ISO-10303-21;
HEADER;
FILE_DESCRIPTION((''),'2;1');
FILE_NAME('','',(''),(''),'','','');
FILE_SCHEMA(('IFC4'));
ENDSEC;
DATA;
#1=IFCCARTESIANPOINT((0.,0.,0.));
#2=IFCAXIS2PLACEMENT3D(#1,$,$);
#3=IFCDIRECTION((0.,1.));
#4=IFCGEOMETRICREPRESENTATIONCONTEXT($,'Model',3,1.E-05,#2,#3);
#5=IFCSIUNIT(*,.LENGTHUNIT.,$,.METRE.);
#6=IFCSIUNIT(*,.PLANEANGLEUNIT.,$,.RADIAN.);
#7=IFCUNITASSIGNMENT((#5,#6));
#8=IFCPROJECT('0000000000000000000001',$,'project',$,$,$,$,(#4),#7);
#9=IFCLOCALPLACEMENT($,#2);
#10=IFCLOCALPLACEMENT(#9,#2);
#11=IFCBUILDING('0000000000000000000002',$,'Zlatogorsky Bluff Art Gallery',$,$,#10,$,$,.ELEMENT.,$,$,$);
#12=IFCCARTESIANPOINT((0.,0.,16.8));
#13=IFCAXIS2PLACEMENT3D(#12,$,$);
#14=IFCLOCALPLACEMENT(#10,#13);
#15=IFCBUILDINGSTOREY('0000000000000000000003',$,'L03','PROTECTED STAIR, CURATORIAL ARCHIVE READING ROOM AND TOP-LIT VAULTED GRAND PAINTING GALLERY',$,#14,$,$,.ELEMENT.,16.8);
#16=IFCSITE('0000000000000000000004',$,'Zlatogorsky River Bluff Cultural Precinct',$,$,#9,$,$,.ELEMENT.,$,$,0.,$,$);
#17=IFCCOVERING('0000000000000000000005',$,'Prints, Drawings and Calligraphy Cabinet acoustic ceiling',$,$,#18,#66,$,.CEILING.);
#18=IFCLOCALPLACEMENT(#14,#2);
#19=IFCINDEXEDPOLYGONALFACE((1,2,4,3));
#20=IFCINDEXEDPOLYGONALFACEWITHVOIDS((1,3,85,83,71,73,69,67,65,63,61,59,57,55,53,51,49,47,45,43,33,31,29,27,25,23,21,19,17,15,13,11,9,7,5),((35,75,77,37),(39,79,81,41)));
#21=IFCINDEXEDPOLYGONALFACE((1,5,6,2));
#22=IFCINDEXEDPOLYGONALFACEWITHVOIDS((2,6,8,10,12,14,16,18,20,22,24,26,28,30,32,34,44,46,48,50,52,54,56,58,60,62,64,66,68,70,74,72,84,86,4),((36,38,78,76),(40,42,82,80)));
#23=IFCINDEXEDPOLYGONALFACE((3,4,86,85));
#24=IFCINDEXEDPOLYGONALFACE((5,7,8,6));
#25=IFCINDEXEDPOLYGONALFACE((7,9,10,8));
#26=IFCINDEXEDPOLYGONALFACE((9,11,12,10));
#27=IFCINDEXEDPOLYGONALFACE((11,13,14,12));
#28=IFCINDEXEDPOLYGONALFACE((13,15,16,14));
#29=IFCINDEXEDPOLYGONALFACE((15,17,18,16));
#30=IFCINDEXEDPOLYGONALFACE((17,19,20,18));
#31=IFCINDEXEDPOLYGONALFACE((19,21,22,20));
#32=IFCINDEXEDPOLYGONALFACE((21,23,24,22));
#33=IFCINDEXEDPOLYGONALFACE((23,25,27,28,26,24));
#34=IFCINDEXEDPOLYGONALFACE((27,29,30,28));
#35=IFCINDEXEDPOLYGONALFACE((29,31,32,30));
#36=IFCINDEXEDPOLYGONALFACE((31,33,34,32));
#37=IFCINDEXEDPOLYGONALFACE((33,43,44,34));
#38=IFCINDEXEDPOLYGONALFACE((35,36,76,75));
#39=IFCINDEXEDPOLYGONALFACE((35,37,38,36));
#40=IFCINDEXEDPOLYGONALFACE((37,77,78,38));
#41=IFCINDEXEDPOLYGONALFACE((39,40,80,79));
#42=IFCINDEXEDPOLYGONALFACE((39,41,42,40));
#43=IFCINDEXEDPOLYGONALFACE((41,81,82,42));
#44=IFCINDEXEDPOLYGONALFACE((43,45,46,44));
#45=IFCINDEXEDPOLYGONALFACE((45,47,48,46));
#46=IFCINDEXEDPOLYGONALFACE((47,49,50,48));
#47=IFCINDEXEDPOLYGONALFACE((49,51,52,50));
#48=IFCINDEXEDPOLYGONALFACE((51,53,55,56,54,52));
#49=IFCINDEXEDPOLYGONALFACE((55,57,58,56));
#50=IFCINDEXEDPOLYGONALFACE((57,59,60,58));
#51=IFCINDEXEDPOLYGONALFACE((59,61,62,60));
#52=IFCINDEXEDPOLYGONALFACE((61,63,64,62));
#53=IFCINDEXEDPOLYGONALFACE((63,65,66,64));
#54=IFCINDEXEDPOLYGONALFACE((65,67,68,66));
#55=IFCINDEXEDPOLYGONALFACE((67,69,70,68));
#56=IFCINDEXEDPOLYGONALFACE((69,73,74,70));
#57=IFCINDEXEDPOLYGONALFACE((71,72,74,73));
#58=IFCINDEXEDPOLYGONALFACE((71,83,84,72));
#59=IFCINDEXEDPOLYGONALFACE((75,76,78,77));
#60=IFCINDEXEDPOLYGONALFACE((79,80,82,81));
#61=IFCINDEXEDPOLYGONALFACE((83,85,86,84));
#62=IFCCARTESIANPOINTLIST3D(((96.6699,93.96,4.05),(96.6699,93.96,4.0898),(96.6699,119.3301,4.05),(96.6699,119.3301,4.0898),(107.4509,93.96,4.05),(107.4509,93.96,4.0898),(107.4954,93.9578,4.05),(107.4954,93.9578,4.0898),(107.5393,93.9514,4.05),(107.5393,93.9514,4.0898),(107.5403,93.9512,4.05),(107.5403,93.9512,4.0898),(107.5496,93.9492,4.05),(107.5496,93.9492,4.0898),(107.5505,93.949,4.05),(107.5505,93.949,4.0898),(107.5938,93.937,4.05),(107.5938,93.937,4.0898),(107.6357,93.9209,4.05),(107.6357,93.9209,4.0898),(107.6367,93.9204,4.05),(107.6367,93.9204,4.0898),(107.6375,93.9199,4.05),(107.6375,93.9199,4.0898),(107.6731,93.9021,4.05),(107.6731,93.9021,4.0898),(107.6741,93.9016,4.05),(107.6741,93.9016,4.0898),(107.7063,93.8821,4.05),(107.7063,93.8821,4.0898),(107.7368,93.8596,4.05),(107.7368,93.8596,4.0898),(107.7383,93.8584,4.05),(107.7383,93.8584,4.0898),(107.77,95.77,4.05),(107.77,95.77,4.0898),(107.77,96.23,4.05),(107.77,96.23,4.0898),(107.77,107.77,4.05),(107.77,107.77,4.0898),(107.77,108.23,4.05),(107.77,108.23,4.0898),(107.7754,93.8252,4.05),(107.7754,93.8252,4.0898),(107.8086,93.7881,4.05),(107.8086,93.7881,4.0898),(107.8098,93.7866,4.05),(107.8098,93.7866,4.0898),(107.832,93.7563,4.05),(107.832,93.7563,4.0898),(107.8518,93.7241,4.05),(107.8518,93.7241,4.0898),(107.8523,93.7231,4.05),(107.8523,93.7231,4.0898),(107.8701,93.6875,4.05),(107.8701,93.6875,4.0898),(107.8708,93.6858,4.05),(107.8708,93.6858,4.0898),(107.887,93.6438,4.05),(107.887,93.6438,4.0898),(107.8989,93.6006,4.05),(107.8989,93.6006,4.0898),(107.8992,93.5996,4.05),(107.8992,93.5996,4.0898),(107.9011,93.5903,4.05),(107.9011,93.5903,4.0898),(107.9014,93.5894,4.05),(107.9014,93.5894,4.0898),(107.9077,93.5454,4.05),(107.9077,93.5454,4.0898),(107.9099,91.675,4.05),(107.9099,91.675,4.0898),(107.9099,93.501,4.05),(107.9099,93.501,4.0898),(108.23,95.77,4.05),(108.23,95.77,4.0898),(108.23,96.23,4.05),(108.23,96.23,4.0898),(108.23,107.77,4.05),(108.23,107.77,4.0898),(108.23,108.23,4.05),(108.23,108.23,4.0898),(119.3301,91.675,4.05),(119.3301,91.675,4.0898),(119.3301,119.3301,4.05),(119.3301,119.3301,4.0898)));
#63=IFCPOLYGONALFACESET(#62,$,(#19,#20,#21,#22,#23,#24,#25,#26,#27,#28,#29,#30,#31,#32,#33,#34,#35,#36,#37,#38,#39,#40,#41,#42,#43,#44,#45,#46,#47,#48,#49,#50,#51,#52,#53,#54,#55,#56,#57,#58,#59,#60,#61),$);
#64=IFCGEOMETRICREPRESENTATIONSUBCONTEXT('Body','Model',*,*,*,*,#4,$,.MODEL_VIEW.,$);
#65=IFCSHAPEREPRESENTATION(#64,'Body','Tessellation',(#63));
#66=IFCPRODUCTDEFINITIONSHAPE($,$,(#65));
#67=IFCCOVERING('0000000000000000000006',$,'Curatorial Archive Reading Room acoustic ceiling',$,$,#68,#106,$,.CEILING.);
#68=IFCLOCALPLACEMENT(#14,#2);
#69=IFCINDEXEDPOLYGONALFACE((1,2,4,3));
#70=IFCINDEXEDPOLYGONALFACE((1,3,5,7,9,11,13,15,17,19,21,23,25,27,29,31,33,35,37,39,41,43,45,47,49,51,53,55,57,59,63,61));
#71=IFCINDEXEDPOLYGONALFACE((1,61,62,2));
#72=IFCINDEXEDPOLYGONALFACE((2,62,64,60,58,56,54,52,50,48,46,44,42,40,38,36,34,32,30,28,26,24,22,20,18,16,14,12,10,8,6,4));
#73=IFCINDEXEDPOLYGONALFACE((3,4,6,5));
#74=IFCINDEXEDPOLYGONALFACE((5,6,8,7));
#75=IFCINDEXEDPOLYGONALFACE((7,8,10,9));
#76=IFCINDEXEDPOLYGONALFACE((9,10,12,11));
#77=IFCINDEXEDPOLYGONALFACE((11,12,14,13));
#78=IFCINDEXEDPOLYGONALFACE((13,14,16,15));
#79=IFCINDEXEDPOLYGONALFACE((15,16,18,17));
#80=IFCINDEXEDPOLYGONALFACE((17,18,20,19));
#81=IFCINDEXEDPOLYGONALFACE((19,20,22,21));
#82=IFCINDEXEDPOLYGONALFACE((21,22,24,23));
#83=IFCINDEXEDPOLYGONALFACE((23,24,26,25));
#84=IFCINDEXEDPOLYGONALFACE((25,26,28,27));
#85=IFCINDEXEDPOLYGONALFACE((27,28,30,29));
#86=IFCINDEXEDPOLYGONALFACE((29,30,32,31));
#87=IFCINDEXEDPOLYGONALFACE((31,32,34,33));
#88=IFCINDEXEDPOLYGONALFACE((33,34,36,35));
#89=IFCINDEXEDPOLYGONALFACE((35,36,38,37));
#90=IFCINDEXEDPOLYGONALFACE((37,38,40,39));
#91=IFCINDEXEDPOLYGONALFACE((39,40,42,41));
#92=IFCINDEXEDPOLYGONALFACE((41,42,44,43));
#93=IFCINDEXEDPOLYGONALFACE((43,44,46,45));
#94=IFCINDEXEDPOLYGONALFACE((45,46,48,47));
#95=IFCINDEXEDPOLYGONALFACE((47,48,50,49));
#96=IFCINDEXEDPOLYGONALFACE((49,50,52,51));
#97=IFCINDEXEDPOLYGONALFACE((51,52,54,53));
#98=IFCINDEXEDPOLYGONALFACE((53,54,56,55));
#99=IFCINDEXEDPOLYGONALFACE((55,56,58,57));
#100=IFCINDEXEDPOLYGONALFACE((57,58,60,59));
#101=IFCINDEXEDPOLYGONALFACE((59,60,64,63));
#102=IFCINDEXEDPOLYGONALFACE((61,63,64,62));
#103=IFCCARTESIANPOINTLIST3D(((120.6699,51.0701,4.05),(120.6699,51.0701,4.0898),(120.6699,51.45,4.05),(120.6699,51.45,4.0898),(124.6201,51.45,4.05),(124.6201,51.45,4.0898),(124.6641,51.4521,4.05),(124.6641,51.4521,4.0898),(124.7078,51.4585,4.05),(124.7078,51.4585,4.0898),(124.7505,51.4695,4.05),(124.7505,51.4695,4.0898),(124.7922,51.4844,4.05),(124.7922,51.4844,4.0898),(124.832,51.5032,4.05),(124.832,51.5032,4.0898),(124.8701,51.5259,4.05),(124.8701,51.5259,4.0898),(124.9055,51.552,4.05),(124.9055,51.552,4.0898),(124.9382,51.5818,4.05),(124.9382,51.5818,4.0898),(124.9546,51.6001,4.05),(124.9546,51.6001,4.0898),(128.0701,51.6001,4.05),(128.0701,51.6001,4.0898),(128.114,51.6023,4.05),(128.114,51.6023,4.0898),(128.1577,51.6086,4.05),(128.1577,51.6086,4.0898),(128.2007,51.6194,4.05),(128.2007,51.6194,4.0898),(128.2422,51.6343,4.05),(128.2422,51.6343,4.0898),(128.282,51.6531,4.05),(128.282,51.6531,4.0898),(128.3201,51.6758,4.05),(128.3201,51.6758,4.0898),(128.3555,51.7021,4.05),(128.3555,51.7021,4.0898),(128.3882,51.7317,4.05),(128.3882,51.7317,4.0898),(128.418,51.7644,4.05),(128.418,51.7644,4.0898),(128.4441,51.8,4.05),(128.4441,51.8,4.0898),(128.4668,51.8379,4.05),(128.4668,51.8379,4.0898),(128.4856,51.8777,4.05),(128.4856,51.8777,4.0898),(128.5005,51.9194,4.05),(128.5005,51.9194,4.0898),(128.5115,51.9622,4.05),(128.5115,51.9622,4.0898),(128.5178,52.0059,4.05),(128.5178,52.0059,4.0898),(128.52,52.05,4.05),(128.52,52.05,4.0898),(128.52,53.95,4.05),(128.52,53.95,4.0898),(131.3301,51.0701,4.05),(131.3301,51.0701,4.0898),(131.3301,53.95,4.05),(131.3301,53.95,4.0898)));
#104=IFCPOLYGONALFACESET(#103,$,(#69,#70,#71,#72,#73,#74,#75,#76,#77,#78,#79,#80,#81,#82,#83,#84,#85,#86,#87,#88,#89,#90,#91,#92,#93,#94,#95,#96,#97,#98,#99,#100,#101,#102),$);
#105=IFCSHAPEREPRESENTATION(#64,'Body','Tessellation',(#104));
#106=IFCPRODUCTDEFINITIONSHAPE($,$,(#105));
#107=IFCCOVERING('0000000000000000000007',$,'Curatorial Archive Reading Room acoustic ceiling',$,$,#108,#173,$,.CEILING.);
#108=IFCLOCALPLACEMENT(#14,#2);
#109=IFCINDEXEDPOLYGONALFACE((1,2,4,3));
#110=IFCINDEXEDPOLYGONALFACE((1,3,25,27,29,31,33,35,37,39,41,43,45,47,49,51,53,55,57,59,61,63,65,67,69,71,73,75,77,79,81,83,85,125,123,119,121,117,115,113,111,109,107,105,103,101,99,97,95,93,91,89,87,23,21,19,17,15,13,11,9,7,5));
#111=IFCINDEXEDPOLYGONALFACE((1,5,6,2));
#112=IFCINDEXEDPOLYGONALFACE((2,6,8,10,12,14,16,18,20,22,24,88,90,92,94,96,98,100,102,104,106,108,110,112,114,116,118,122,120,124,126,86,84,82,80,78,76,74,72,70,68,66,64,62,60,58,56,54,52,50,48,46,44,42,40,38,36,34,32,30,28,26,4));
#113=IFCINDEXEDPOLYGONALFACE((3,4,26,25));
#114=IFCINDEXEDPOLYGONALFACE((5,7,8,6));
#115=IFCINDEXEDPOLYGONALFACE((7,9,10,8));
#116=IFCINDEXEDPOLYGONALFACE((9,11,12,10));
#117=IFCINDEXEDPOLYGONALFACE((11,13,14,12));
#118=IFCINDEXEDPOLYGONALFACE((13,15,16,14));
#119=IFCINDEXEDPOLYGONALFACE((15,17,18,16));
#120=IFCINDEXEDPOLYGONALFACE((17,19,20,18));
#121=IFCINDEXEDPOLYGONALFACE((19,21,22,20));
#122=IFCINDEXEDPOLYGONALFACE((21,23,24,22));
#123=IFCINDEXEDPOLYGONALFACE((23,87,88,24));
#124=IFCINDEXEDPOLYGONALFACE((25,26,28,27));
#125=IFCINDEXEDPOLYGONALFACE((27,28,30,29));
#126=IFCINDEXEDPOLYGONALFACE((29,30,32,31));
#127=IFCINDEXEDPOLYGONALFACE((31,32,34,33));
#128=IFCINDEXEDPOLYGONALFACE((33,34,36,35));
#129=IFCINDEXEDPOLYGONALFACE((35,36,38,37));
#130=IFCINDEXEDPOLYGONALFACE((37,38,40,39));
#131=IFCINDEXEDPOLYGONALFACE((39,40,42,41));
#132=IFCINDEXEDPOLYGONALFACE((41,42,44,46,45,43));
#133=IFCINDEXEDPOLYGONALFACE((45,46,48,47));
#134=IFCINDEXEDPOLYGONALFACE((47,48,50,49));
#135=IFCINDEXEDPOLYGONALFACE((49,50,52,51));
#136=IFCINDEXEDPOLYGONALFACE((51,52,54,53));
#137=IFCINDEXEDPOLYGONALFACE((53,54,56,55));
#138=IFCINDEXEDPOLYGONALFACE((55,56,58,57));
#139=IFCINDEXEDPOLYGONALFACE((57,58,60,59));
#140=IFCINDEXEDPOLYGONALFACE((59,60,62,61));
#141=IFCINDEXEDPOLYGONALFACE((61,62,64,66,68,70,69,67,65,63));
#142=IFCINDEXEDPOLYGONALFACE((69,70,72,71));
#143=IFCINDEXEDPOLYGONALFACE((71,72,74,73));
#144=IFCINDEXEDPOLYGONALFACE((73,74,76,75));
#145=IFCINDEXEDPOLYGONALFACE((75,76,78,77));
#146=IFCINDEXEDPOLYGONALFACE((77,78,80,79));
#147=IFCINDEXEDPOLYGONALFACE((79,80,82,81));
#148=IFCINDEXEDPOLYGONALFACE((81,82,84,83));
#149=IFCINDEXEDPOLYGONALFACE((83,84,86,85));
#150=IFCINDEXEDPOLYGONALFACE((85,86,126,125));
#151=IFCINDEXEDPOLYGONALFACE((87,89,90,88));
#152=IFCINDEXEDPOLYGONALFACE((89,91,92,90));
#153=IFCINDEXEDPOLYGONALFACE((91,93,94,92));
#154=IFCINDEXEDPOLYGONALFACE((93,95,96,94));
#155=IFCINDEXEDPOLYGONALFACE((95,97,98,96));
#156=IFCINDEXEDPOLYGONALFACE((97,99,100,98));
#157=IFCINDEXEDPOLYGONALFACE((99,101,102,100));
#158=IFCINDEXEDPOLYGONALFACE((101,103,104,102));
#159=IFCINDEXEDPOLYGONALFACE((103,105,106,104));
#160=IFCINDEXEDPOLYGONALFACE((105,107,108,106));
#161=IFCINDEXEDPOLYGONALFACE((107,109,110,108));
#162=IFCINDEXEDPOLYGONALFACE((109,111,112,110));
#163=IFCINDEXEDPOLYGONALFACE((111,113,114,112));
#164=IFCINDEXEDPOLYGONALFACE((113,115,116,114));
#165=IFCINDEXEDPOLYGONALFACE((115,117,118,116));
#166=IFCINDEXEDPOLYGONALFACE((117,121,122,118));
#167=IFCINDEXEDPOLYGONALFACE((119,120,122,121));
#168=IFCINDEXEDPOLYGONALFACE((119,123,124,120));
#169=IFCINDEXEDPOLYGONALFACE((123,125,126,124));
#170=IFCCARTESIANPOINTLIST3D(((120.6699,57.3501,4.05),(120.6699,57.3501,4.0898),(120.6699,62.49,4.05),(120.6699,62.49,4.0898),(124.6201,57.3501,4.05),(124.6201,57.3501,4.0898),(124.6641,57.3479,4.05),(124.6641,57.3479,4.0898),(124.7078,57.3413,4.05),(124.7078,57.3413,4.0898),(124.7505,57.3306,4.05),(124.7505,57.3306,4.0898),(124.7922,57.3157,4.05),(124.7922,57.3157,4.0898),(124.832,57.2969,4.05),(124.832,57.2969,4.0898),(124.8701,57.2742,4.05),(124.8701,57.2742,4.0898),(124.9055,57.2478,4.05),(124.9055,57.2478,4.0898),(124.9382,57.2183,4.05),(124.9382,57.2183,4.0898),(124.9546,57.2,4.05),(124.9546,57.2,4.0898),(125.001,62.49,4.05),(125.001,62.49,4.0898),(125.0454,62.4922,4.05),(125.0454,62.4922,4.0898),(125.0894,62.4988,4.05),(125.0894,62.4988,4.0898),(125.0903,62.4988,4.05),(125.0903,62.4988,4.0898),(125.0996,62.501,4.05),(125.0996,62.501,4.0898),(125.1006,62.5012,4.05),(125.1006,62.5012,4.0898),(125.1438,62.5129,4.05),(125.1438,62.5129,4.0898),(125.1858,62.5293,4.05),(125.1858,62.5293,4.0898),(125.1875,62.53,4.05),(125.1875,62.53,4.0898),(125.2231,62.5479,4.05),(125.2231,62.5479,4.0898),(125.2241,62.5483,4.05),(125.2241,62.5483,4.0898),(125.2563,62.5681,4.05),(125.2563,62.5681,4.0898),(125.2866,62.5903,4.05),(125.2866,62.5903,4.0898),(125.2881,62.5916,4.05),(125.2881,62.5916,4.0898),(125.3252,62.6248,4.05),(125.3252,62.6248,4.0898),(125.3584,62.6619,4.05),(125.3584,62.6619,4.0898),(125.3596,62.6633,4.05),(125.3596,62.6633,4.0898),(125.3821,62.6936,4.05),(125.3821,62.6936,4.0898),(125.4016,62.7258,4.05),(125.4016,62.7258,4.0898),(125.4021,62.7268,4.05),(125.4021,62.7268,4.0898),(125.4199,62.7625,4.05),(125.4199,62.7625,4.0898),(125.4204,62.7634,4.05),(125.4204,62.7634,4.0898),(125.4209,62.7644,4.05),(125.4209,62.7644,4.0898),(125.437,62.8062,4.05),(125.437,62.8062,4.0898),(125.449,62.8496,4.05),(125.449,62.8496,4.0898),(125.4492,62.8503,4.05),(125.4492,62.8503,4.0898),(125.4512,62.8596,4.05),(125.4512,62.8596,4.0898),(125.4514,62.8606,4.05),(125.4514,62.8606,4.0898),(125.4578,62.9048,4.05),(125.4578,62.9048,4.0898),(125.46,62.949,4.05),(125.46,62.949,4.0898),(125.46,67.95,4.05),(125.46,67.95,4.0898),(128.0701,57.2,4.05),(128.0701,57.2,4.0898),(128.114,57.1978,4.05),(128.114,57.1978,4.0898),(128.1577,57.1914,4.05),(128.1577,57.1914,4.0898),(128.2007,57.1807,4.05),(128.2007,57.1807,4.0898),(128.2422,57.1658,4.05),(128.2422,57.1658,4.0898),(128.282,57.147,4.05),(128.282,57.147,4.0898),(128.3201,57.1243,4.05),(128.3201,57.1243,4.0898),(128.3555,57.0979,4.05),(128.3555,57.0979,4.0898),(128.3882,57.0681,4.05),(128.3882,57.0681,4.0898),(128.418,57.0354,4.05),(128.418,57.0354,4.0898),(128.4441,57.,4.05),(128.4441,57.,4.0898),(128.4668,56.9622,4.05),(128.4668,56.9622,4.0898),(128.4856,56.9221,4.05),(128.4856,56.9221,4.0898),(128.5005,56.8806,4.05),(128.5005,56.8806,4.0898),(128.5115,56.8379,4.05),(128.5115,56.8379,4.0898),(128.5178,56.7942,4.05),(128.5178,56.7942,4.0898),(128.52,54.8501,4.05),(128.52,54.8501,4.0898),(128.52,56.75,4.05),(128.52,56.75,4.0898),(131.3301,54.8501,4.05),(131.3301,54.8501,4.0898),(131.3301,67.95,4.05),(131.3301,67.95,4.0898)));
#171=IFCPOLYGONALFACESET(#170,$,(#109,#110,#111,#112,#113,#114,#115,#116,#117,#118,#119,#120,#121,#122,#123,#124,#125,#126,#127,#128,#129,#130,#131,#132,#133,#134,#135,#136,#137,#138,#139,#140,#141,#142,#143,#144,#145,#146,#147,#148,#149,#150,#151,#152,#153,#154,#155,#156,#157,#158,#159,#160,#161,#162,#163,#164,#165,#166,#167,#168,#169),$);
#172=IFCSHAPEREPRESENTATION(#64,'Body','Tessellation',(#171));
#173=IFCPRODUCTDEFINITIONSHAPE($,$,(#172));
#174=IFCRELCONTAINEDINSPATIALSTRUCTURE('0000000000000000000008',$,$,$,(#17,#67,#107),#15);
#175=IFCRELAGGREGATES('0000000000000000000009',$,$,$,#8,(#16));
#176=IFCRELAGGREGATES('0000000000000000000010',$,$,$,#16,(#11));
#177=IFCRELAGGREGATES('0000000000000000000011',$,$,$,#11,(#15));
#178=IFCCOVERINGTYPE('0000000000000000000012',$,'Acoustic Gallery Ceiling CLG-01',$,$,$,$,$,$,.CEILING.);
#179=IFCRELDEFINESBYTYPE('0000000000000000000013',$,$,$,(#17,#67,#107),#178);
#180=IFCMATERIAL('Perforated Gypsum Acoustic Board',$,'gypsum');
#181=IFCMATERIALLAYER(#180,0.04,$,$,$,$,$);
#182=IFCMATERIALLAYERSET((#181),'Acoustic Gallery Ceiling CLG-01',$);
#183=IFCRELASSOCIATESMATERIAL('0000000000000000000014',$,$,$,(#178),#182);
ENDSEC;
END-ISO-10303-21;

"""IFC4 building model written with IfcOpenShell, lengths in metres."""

from ifc_helpers import new_model, si_unit, direction, frame, origin, place, context, subcontext, project, spatial, polyline, outline, extrude, material, layer, layer_set, type_object, element, save


model = new_model("IFC4")

# Units and contexts
model_context = context("Model", 3, precision=1e-05, world=origin(), true_north=direction((0.0, 1.0)))
body_context = subcontext(model_context, "Body", "Model", "MODEL_VIEW")
ifc_project = project(units=[si_unit("LENGTHUNIT", "METRE"), si_unit("PLANEANGLEUNIT", "RADIAN")], contexts=[model_context])

# Site, building, storey
site_placement = place(None, origin())
site = spatial("IfcSite", under=ifc_project, at=site_placement, Name="Zlatogorsky River Bluff Cultural Precinct", CompositionType="ELEMENT", RefElevation=0.0)
building_placement = place(site_placement, origin())
building = spatial("IfcBuilding", under=site, at=building_placement, Name="Zlatogorsky Bluff Art Gallery", CompositionType="ELEMENT")
storey_placement = place(building_placement, frame((0.0, 0.0, 16.8)))
storey = spatial("IfcBuildingStorey", under=building, at=storey_placement, Name="L03", Description="PROTECTED STAIR, CURATORIAL ARCHIVE READING ROOM AND TOP-LIT VAULTED GRAND PAINTING GALLERY", CompositionType="ELEMENT", Elevation=16.8)

# Coverings
ifc_material_1 = material(Name="Perforated Gypsum Acoustic Board", Category="gypsum")
ifc_layer_1 = layer(ifc_material_1, 0.04)
ifc_layer_set_1 = layer_set([ifc_layer_1], Name="Acoustic Gallery Ceiling CLG-01")
covering_type_1 = type_object("IfcCoveringType", Name="Acoustic Gallery Ceiling CLG-01", PredefinedType="CEILING", material=ifc_layer_set_1)
covering_1_placement = place(storey_placement, frame((0.0, 0.0, 4.05)))
element("IfcCovering", 1, at=covering_1_placement, inside=storey, type_object=covering_type_1, Name="Prints, Drawings and Calligraphy Cabinet acoustic ceiling", PredefinedType="CEILING", context=body_context, shape_type="SweptSolid", body=[
    extrude(outline(polyline([(96.6699, 119.3301), (119.3301, 119.3301), (119.3301, 91.675), (107.9099, 91.675), (107.9099, 93.501), (107.9077, 93.5454), (107.9014, 93.5894), (107.9011, 93.5903), (107.8992, 93.5996), (107.8989, 93.6006), (107.887, 93.6438), (107.8708, 93.6858), (107.8701, 93.6875), (107.8523, 93.7231), (107.8518, 93.7241), (107.832, 93.7563), (107.8098, 93.7866), (107.8086, 93.7881), (107.7754, 93.8252), (107.7383, 93.8584), (107.7368, 93.8596), (107.7063, 93.8821), (107.6741, 93.9016), (107.6731, 93.9021), (107.6375, 93.9199), (107.6367, 93.9204), (107.6357, 93.9209), (107.5938, 93.937), (107.5505, 93.949), (107.5496, 93.9492), (107.5403, 93.9512), (107.5393, 93.9514), (107.4954, 93.9578), (107.4509, 93.96), (96.6699, 93.96), (96.6699, 119.3301)]), holes=[polyline([(107.77, 95.77), (108.23, 95.77), (108.23, 96.23), (107.77, 96.23), (107.77, 95.77)]), polyline([(107.77, 107.77), (108.23, 107.77), (108.23, 108.23), (107.77, 108.23), (107.77, 107.77)])]), origin(), (0.0, 0.0, 1.0), 0.0398),
])
covering_2_placement = place(storey_placement, frame((0.0, 0.0, 4.05)))
element("IfcCovering", 2, at=covering_2_placement, inside=storey, type_object=covering_type_1, Name="Curatorial Archive Reading Room acoustic ceiling", PredefinedType="CEILING", context=body_context, shape_type="SweptSolid", body=[
    extrude(outline(polyline([(124.6201, 51.45), (124.6641, 51.4521), (124.7078, 51.4585), (124.7505, 51.4695), (124.7922, 51.4844), (124.832, 51.5032), (124.8701, 51.5259), (124.9055, 51.552), (124.9382, 51.5818), (124.9546, 51.6001), (128.0701, 51.6001), (128.114, 51.6023), (128.1577, 51.6086), (128.2007, 51.6194), (128.2422, 51.6343), (128.282, 51.6531), (128.3201, 51.6758), (128.3555, 51.7021), (128.3882, 51.7317), (128.418, 51.7644), (128.4441, 51.8), (128.4668, 51.8379), (128.4856, 51.8777), (128.5005, 51.9194), (128.5115, 51.9622), (128.5178, 52.0059), (128.52, 52.05), (128.52, 53.95), (131.3301, 53.95), (131.3301, 51.0701), (120.6699, 51.0701), (120.6699, 51.45), (124.6201, 51.45)])), origin(), (0.0, 0.0, 1.0), 0.0398),
])
covering_3_placement = place(storey_placement, frame((0.0, 0.0, 4.05)))
element("IfcCovering", 3, at=covering_3_placement, inside=storey, type_object=covering_type_1, Name="Curatorial Archive Reading Room acoustic ceiling", PredefinedType="CEILING", context=body_context, shape_type="SweptSolid", body=[
    extrude(outline(polyline([(120.6699, 62.49), (125.001, 62.49), (125.0454, 62.4922), (125.0894, 62.4988), (125.0903, 62.4988), (125.0996, 62.501), (125.1006, 62.5012), (125.1438, 62.5129), (125.1858, 62.5293), (125.1875, 62.53), (125.2231, 62.5479), (125.2241, 62.5483), (125.2563, 62.5681), (125.2866, 62.5903), (125.2881, 62.5916), (125.3252, 62.6248), (125.3584, 62.6619), (125.3596, 62.6633), (125.3821, 62.6936), (125.4016, 62.7258), (125.4021, 62.7268), (125.4199, 62.7625), (125.4204, 62.7634), (125.4209, 62.7644), (125.437, 62.8062), (125.449, 62.8496), (125.4492, 62.8503), (125.4512, 62.8596), (125.4514, 62.8606), (125.4578, 62.9048), (125.46, 62.949), (125.46, 67.95), (131.3301, 67.95), (131.3301, 54.8501), (128.52, 54.8501), (128.52, 56.75), (128.5178, 56.7942), (128.5115, 56.8379), (128.5005, 56.8806), (128.4856, 56.9221), (128.4668, 56.9622), (128.4441, 57.0), (128.418, 57.0354), (128.3882, 57.0681), (128.3555, 57.0979), (128.3201, 57.1243), (128.282, 57.147), (128.2422, 57.1658), (128.2007, 57.1807), (128.1577, 57.1914), (128.114, 57.1978), (128.0701, 57.2), (124.9546, 57.2), (124.9382, 57.2183), (124.9055, 57.2478), (124.8701, 57.2742), (124.832, 57.2969), (124.7922, 57.3157), (124.7505, 57.3306), (124.7078, 57.3413), (124.6641, 57.3479), (124.6201, 57.3501), (120.6699, 57.3501), (120.6699, 62.49)])), origin(), (0.0, 0.0, 1.0), 0.0398),
])

save(model, "model.ifc")
